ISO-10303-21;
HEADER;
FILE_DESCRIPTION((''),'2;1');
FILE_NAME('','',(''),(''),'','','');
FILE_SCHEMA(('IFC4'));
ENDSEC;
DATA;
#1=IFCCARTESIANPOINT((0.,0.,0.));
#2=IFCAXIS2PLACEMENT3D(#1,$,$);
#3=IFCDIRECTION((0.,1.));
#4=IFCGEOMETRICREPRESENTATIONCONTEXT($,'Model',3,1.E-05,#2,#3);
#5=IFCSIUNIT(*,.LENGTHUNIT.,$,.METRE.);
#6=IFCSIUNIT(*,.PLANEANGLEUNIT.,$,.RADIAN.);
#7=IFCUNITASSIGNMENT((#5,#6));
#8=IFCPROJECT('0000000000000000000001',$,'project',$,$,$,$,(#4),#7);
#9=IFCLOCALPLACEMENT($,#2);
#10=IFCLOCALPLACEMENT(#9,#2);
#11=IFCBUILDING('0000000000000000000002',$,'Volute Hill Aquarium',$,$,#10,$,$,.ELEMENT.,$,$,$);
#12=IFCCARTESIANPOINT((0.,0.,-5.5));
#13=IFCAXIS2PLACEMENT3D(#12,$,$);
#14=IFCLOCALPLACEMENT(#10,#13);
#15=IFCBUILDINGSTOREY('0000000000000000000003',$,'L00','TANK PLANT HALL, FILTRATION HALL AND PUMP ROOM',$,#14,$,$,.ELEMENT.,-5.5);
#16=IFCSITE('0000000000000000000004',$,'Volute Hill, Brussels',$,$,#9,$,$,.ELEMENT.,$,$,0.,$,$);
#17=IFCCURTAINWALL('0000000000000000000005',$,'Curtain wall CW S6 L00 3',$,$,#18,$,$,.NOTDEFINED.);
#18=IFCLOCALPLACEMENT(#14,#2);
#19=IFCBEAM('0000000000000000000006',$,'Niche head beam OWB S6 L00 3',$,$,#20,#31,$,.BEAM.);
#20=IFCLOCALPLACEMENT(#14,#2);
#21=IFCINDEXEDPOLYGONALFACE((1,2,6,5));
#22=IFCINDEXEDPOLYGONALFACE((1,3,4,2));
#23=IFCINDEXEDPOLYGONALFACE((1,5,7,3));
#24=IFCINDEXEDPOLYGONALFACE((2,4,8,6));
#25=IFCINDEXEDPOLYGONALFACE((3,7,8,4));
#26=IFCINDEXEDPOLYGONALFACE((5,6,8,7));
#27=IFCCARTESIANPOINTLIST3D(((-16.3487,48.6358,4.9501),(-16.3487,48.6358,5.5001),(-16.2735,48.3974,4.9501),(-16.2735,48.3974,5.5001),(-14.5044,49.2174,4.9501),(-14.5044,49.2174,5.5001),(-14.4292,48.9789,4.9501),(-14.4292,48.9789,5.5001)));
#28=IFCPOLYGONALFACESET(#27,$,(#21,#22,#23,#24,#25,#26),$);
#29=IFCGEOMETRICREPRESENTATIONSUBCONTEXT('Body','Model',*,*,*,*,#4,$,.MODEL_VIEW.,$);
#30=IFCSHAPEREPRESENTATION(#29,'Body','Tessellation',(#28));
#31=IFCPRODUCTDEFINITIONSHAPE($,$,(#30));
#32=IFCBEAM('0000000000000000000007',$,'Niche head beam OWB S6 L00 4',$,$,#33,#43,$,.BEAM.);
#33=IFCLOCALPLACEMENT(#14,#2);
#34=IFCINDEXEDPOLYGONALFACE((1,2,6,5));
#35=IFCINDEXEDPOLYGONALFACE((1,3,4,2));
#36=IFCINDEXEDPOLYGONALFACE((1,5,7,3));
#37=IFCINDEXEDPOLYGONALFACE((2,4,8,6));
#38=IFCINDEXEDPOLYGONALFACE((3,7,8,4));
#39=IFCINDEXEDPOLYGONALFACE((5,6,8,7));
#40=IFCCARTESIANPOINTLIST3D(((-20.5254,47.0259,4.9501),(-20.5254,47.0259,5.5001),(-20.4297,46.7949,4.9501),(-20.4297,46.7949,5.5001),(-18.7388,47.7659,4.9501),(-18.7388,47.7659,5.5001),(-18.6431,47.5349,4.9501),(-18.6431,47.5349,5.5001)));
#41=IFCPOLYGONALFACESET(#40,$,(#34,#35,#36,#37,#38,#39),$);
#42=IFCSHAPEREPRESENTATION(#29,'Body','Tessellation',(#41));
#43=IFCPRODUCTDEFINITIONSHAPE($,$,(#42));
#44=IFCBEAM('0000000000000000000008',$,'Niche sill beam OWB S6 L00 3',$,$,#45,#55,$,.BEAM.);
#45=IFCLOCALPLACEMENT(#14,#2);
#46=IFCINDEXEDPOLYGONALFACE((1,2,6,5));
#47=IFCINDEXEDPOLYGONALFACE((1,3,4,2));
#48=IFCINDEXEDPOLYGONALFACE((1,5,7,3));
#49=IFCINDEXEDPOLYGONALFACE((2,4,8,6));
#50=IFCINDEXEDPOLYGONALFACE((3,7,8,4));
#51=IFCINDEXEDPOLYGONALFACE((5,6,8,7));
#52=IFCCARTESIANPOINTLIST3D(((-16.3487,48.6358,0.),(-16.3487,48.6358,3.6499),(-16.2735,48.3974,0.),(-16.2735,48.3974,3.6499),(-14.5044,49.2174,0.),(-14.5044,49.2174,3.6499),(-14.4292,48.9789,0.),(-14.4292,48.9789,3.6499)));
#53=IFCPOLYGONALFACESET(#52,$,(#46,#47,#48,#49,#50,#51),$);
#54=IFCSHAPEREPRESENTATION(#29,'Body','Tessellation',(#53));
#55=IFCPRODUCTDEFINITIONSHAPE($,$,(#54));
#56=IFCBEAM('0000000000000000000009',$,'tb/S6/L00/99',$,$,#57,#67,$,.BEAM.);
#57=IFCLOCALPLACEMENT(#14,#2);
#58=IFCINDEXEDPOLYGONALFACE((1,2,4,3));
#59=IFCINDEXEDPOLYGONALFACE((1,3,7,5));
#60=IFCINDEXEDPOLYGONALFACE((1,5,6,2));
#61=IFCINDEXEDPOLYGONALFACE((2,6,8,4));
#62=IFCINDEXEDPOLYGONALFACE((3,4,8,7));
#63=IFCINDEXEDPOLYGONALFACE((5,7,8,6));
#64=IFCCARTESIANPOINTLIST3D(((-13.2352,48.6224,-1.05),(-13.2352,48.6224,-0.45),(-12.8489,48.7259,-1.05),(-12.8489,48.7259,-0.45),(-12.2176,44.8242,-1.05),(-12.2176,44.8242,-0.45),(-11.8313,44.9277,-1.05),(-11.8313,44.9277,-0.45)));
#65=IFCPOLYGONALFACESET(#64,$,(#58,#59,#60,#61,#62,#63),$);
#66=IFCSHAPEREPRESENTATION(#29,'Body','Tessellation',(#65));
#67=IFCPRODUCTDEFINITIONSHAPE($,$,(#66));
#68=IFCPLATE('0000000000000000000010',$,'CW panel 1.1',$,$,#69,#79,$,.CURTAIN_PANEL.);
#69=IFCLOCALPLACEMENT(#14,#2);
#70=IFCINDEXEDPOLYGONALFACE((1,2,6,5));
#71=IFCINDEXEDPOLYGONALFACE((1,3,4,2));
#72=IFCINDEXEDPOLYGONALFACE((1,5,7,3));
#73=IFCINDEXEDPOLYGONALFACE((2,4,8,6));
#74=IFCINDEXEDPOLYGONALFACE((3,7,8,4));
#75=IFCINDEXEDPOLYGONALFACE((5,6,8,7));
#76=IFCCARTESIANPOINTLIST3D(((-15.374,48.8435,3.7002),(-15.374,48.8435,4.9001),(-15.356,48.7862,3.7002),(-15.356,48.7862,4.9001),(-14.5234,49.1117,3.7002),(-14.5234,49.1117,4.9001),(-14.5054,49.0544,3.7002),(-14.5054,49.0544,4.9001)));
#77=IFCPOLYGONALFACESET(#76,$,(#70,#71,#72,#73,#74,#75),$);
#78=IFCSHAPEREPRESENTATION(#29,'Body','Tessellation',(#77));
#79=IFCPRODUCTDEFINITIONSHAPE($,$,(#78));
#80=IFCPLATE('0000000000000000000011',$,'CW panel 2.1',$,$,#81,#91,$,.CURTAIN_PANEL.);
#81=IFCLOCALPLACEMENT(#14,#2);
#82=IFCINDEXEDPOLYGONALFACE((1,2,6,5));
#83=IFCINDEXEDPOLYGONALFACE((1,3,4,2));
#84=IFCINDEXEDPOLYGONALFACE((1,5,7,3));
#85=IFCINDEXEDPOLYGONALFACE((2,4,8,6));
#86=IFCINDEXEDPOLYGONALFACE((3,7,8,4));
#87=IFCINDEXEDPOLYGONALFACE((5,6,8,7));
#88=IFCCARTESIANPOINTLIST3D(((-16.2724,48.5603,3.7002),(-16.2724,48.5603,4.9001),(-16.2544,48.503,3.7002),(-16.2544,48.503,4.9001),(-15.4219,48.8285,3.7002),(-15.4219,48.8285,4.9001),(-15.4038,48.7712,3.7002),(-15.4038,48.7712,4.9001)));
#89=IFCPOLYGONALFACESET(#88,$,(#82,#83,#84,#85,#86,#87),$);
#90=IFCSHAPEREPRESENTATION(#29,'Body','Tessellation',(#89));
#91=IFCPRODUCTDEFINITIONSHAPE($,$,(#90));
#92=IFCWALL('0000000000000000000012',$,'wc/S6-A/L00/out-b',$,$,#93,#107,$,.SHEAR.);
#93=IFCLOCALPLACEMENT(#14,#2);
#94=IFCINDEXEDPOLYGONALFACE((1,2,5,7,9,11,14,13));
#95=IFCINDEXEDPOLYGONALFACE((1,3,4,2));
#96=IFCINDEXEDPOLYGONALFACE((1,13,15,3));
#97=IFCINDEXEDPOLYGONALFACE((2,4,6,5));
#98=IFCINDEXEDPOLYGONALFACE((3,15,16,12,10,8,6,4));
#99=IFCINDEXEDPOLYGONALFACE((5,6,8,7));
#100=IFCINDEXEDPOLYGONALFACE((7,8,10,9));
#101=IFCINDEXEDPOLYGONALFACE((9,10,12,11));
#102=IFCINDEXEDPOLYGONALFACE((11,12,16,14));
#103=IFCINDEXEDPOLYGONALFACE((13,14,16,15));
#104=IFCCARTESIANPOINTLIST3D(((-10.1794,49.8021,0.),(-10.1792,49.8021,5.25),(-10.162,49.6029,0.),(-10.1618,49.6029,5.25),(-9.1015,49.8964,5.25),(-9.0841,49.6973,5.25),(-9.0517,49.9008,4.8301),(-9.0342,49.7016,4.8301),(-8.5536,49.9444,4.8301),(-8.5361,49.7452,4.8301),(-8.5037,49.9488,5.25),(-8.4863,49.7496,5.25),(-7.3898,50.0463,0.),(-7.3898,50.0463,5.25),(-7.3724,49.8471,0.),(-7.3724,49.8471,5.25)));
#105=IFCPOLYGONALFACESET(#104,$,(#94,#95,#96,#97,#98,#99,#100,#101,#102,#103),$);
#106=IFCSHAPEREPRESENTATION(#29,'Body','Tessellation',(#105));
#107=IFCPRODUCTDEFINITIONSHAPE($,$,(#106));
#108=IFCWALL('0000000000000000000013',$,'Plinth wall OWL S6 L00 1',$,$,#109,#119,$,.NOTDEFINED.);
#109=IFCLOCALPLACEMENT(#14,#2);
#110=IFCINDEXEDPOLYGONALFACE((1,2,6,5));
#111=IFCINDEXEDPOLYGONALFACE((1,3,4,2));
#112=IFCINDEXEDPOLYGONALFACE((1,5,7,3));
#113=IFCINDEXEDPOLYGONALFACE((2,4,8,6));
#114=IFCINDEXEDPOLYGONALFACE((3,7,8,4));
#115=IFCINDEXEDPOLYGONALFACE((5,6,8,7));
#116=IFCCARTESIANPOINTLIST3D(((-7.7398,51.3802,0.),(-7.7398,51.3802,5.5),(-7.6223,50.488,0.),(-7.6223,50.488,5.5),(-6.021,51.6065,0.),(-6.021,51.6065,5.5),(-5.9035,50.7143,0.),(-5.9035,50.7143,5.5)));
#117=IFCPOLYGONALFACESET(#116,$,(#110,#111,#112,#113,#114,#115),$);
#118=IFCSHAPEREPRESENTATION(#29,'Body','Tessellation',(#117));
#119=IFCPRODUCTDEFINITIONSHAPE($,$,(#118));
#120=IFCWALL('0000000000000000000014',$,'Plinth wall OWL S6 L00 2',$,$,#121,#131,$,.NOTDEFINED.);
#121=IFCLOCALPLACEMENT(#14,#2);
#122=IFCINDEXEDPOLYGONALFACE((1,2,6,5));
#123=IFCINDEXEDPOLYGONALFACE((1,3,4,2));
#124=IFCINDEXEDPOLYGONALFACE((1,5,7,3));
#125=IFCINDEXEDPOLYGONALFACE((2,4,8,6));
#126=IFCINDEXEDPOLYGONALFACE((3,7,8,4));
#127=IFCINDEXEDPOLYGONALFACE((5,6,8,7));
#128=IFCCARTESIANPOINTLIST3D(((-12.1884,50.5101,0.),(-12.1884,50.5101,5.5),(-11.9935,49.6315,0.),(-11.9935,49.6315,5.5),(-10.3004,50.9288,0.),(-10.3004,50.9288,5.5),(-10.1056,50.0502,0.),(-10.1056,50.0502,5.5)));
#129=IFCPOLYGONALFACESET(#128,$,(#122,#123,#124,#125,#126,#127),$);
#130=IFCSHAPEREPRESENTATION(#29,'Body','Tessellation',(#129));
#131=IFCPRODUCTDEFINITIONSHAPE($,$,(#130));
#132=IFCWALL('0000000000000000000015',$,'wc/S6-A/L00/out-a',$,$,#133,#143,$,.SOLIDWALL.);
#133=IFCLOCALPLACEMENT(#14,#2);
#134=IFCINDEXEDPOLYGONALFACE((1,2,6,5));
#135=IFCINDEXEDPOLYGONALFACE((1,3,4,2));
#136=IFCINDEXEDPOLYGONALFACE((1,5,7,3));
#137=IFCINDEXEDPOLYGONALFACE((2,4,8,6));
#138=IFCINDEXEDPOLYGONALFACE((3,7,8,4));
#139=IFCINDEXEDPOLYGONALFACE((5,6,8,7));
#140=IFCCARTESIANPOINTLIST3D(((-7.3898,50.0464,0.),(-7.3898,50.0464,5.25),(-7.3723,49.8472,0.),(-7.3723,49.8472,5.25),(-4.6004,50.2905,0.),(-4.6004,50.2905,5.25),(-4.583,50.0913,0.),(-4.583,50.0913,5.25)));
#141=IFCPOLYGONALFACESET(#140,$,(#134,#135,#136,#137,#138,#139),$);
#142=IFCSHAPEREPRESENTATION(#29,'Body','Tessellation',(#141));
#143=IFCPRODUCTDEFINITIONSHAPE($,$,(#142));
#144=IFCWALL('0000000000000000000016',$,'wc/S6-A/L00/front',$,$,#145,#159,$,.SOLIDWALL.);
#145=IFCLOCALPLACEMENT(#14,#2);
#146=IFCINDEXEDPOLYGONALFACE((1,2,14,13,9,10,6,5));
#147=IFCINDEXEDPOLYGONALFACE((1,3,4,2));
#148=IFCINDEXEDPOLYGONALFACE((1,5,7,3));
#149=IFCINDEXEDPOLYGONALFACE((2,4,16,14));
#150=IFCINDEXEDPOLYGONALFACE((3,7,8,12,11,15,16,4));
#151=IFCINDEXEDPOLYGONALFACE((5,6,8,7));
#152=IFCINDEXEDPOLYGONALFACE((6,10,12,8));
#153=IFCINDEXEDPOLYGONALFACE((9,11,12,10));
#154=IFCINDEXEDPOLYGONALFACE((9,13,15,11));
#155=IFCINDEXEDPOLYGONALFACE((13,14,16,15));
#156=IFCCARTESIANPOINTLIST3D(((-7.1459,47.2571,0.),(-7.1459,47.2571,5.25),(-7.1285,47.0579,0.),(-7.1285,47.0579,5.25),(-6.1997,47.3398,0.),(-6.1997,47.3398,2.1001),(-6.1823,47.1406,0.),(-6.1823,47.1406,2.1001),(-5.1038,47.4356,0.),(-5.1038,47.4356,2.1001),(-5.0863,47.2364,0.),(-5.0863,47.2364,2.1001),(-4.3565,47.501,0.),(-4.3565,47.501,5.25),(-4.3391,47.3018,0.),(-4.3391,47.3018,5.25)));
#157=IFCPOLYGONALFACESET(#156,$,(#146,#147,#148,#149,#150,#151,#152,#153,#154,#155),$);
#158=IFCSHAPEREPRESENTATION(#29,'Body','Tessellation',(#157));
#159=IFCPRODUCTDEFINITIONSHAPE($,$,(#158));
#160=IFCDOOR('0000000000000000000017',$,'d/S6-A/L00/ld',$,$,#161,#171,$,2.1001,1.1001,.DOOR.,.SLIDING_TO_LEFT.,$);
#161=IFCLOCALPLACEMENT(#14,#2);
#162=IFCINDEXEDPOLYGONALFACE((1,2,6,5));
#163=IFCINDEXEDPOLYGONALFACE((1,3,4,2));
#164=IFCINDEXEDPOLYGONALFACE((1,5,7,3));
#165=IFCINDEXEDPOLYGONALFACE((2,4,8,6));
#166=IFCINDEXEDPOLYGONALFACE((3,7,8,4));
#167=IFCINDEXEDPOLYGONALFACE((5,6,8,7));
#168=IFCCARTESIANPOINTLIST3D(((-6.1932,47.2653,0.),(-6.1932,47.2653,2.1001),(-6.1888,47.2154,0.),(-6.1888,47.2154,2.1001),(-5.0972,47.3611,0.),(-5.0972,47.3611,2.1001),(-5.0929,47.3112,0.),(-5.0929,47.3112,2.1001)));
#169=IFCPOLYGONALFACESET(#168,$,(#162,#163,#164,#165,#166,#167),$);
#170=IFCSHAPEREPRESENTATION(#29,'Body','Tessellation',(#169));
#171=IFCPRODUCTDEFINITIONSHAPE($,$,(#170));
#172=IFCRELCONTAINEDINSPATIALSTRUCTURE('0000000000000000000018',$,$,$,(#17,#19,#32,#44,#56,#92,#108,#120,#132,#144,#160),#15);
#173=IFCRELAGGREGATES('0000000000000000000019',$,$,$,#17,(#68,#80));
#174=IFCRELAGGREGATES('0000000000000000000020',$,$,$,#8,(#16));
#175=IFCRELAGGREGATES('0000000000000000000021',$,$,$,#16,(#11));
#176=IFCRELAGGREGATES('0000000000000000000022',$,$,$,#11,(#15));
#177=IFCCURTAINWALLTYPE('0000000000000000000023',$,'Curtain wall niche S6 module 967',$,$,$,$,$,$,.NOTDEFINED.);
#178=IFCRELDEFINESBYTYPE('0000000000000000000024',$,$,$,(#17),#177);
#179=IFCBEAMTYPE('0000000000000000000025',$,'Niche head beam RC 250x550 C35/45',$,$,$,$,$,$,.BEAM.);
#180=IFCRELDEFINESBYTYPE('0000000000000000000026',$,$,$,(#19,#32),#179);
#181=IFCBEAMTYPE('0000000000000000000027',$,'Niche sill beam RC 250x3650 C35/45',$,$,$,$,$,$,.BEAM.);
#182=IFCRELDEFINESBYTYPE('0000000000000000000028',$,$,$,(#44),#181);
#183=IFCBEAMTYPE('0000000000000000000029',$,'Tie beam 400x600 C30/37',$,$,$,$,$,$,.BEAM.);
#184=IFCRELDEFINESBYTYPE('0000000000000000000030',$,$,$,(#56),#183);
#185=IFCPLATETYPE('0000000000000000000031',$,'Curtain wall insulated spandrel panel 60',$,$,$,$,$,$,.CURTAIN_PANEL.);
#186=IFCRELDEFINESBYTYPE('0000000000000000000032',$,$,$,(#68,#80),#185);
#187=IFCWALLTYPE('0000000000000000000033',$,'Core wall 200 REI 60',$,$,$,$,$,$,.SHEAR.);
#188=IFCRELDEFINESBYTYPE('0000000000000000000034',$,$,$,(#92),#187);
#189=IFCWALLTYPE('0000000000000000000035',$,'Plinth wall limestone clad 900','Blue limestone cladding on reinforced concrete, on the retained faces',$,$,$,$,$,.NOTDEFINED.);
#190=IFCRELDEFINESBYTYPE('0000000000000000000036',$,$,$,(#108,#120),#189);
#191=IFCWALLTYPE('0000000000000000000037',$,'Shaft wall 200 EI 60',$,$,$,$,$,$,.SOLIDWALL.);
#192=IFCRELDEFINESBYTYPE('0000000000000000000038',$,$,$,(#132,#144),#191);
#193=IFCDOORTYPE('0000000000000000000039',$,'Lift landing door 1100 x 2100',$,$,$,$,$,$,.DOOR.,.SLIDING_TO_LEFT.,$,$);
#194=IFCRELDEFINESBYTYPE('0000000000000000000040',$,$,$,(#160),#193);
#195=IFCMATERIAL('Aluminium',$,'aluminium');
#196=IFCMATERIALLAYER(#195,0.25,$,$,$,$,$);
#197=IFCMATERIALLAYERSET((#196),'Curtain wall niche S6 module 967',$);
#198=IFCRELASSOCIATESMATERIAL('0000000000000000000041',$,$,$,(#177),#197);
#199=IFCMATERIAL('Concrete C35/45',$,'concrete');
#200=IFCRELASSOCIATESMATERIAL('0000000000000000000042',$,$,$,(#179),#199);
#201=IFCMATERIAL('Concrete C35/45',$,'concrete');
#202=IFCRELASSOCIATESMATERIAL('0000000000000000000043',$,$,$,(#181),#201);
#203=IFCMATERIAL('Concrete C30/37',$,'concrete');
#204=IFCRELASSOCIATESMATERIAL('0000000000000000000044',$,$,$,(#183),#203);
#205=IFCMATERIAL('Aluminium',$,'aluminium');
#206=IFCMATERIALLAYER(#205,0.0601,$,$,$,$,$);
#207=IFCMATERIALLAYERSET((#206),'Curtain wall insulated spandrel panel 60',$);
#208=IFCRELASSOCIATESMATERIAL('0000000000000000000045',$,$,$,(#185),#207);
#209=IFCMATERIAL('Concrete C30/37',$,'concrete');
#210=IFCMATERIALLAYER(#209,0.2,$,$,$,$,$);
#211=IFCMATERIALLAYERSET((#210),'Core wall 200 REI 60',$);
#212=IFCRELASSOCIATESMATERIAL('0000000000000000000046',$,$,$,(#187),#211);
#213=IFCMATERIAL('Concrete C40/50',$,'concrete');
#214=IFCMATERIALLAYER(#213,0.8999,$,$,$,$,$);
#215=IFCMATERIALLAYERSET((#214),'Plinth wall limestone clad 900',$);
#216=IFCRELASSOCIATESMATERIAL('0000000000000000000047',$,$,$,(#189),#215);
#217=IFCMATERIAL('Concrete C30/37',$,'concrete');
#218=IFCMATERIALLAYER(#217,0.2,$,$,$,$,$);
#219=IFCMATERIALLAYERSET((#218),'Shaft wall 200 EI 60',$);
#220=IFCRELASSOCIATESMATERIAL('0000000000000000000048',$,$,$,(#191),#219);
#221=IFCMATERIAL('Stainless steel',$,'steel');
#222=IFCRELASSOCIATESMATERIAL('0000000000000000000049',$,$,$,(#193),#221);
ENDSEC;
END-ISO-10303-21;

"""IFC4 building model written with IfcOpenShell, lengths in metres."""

from ifc_helpers import new_model, si_unit, direction, frame, frame_2d, origin, origin_2d, place, context, subcontext, project, spatial, polyline, rectangle, outline, extrude, material, layer, layer_set, material_profile, profile_set, type_object, element, fill, aggregate, save


model = new_model("IFC4")

# Units and contexts
model_context = context("Model", 3, precision=1e-05, world=origin(), true_north=direction((0.0, 1.0)))
body_context = subcontext(model_context, "Body", "Model", "MODEL_VIEW")
ifc_project = project(units=[si_unit("LENGTHUNIT", "METRE"), si_unit("PLANEANGLEUNIT", "RADIAN")], contexts=[model_context])

# Site, building, storey
site_placement = place(None, origin())
site = spatial("IfcSite", under=ifc_project, at=site_placement, Name="Volute Hill, Brussels", CompositionType="ELEMENT", RefElevation=0.0)
building_placement = place(site_placement, origin())
building = spatial("IfcBuilding", under=site, at=building_placement, Name="Volute Hill Aquarium", CompositionType="ELEMENT")
storey_placement = place(building_placement, frame((0.0, 0.0, -5.5)))
storey = spatial("IfcBuildingStorey", under=building, at=storey_placement, Name="L00", Description="TANK PLANT HALL, FILTRATION HALL AND PUMP ROOM", CompositionType="ELEMENT", Elevation=-5.5)

# Curtain wall
ifc_material_1 = material(Name="Aluminium", Category="aluminium")
ifc_layer_1 = layer(ifc_material_1, 0.25)
ifc_layer_set_1 = layer_set([ifc_layer_1], Name="Curtain wall niche S6 module 967")
curtain_wall_type = type_object("IfcCurtainWallType", Name="Curtain wall niche S6 module 967", PredefinedType="NOTDEFINED", material=ifc_layer_set_1)
curtain_wall_placement = place(storey_placement, origin())
curtain_wall = element("IfcCurtainWall", 1, at=curtain_wall_placement, inside=storey, type_object=curtain_wall_type, Name="Curtain wall CW S6 L00 3", PredefinedType="NOTDEFINED")

# Beams
ifc_material_2 = material(Name="Concrete C35/45", Category="concrete")
ifc_material_profile_1 = material_profile(ifc_material_2, rectangle(XDim=0.25, YDim=0.55, at=origin_2d()), Name="RC beam 250x550")
ifc_profile_set_1 = profile_set([ifc_material_profile_1], Name="Concrete C35/45")
beam_type_1 = type_object("IfcBeamType", Name="Niche head beam RC 250x550 C35/45", PredefinedType="BEAM", material=ifc_profile_set_1)
for number, where, z_axis, x_axis, name in (
    (2, (-14.4668, 49.0981, 5.2251), (-0.953709, -0.300733, 0.0), (0.300733, -0.953709, 0.0), "Niche head beam OWB S6 L00 3"),
    (3, (-18.6909, 47.6504, 5.2251), (-0.923889, -0.38266, 0.0), (0.38266, -0.923889, 0.0), "Niche head beam OWB S6 L00 4"),
):
    element("IfcBeam", number, at=place(storey_placement, frame(where, z_axis=z_axis, x_axis=x_axis)), inside=storey, type_object=beam_type_1, Name=name, PredefinedType="BEAM", context=body_context, shape_type="SweptSolid", body=[
        extrude(rectangle(XDim=0.25, YDim=0.55, at=origin_2d()), origin(), (0.0, 0.0, 1.0), 1.9338),
    ])
ifc_material_3 = material(Name="Concrete C35/45", Category="concrete")
ifc_material_profile_2 = material_profile(ifc_material_3, rectangle(XDim=0.25, YDim=3.6499, at=origin_2d()), Name="RC beam 250x3650")
ifc_profile_set_2 = profile_set([ifc_material_profile_2], Name="Concrete C35/45")
beam_type_2 = type_object("IfcBeamType", Name="Niche sill beam RC 250x3650 C35/45", PredefinedType="BEAM", material=ifc_profile_set_2)
beam_1_placement = place(storey_placement, frame((-14.4668, 49.0981, 1.825), z_axis=(-0.953709, -0.300733, 0.0), x_axis=(0.300733, -0.953709, 0.0)))
element("IfcBeam", 4, at=beam_1_placement, inside=storey, type_object=beam_type_2, Name="Niche sill beam OWB S6 L00 3", PredefinedType="BEAM", context=body_context, shape_type="SweptSolid", body=[
    extrude(rectangle(XDim=0.25, YDim=3.6499, at=origin_2d()), origin(), (0.0, 0.0, 1.0), 1.9338),
])
ifc_material_4 = material(Name="Concrete C30/37", Category="concrete")
ifc_material_profile_3 = material_profile(ifc_material_4, rectangle(XDim=0.3999, YDim=0.6001, at=origin_2d()), Name="RC tie beam 400x600")
ifc_profile_set_3 = profile_set([ifc_material_profile_3], Name="Concrete C30/37")
beam_type_3 = type_object("IfcBeamType", Name="Tie beam 400x600 C30/37", PredefinedType="BEAM", material=ifc_profile_set_3)
beam_2_placement = place(storey_placement, frame((-12.0244, 44.876, -0.75), z_axis=(-0.258791, 0.965933, 0.0), x_axis=(-0.965933, -0.258791, 0.0)))
element("IfcBeam", 5, at=beam_2_placement, inside=storey, type_object=beam_type_3, Name="tb/S6/L00/99", PredefinedType="BEAM", context=body_context, shape_type="SweptSolid", body=[
    extrude(rectangle(XDim=0.3999, YDim=0.6001, at=origin_2d()), origin(), (0.0, 0.0, 1.0), 3.9321),
])

# Plates
ifc_material_5 = material(Name="Aluminium", Category="aluminium")
ifc_layer_2 = layer(ifc_material_5, 0.0601)
ifc_layer_set_2 = layer_set([ifc_layer_2], Name="Curtain wall insulated spandrel panel 60")
plate_type = type_object("IfcPlateType", Name="Curtain wall insulated spandrel panel 60", PredefinedType="CURTAIN_PANEL", material=ifc_layer_set_2)
plate_1_placement = place(storey_placement, frame((-14.9397, 48.949, 3.7002), z_axis=(0.0, 0.0, 1.0), x_axis=(-0.953717, -0.300706, 0.0)))
plate_1 = element("IfcPlate", 6, at=plate_1_placement, type_object=plate_type, Name="CW panel 1.1", PredefinedType="CURTAIN_PANEL", context=body_context, shape_type="SweptSolid", body=[
    extrude(rectangle(XDim=0.8918, YDim=0.0601, at=origin_2d()), origin(), (0.0, 0.0, 1.0), 1.2),
])
plate_2_placement = place(storey_placement, frame((-15.8381, 48.6658, 3.7002), z_axis=(0.0, 0.0, 1.0), x_axis=(-0.953717, -0.300706, 0.0)))
plate_2 = element("IfcPlate", 7, at=plate_2_placement, type_object=plate_type, Name="CW panel 2.1", PredefinedType="CURTAIN_PANEL", context=body_context, shape_type="SweptSolid", body=[
    extrude(rectangle(XDim=0.8918, YDim=0.0601, at=origin_2d()), origin(), (0.0, 0.0, 1.0), 1.2),
])
aggregate(curtain_wall, [plate_1, plate_2])

# Walls
ifc_material_6 = material(Name="Concrete C30/37", Category="concrete")
ifc_layer_3 = layer(ifc_material_6, 0.2)
ifc_layer_set_3 = layer_set([ifc_layer_3], Name="Core wall 200 REI 60")
wall_type_1 = type_object("IfcWallType", Name="Core wall 200 REI 60", PredefinedType="SHEAR", material=ifc_layer_set_3)
wall_1_placement = place(storey_placement, frame((-7.3811, 49.9468, 0.0), z_axis=(0.0, 0.0, 1.0), x_axis=(-0.996192, -0.087186, 0.0)))
element("IfcWall", 8, at=wall_1_placement, inside=storey, type_object=wall_type_1, Name="wc/S6-A/L00/out-b", PredefinedType="SHEAR", context=body_context, shape_type="SweptSolid", body=[
    extrude(outline(polyline([(0.0, 0.0), (2.8003, 0.0), (2.8, 5.25), (1.7183, 5.25), (1.6682, 4.8301), (1.1682, 4.8301), (1.1182, 5.25), (0.0, 5.25), (0.0, 0.0)])), frame((0.0, 0.1001, 0.0), z_axis=(0.0, -1.0, 0.0), x_axis=(1.0, 0.0, 0.0)), (0.0, 0.0, 1.0), 0.2),
])
ifc_material_7 = material(Name="Concrete C40/50", Category="concrete")
ifc_layer_4 = layer(ifc_material_7, 0.8999)
ifc_layer_set_4 = layer_set([ifc_layer_4], Name="Plinth wall limestone clad 900")
wall_type_2 = type_object("IfcWallType", Name="Plinth wall limestone clad 900", Description="Blue limestone cladding on reinforced concrete, on the retained faces", PredefinedType="NOTDEFINED", material=ifc_layer_set_4)
wall_2_placement = place(storey_placement, frame((-7.6809, 50.9341, 0.0), z_axis=(0.0, 0.0, 1.0), x_axis=(0.991442, 0.130549, 0.0)))
element("IfcWall", 9, at=wall_2_placement, inside=storey, type_object=wall_type_2, Name="Plinth wall OWL S6 L00 1", PredefinedType="NOTDEFINED", context=body_context, shape_type="SweptSolid", body=[
    extrude(rectangle(XDim=1.7336, YDim=0.8999, at=frame_2d((0.8667, 0.0))), origin(), (0.0, 0.0, 1.0), 5.5),
])
wall_3_placement = place(storey_placement, frame((-12.0908, 50.0708, 0.0), z_axis=(0.0, 0.0, 1.0), x_axis=(0.976279, 0.216516, 0.0)))
element("IfcWall", 10, at=wall_3_placement, inside=storey, type_object=wall_type_2, Name="Plinth wall OWL S6 L00 2", PredefinedType="NOTDEFINED", context=body_context, shape_type="SweptSolid", body=[
    extrude(rectangle(XDim=1.9338, YDim=0.8999, at=frame_2d((0.9668, 0.0))), origin(), (0.0, 0.0, 1.0), 5.5),
])
ifc_material_8 = material(Name="Concrete C30/37", Category="concrete")
ifc_layer_5 = layer(ifc_material_8, 0.2)
ifc_layer_set_5 = layer_set([ifc_layer_5], Name="Shaft wall 200 EI 60")
wall_type_3 = type_object("IfcWallType", Name="Shaft wall 200 EI 60", PredefinedType="SOLIDWALL", material=ifc_layer_set_5)
wall_4_placement = place(storey_placement, frame((-4.5918, 50.1909, 0.0), z_axis=(0.0, 0.0, 1.0), x_axis=(-0.996191, -0.087194, 0.0)))
element("IfcWall", 11, at=wall_4_placement, inside=storey, type_object=wall_type_3, Name="wc/S6-A/L00/out-a", PredefinedType="SOLIDWALL", context=body_context, shape_type="SweptSolid", body=[
    extrude(rectangle(XDim=2.8, YDim=0.2, at=frame_2d((1.3999, 0.0))), origin(), (0.0, 0.0, 1.0), 5.25),
])

# Wall, opening, door
wall_5_placement = place(storey_placement, frame((-4.3479, 47.4014, 0.0), z_axis=(0.0, 0.0, 1.0), x_axis=(-0.996199, -0.087107, 0.0)))
wall_5 = element("IfcWall", 12, at=wall_5_placement, inside=storey, type_object=wall_type_3, Name="wc/S6-A/L00/front", PredefinedType="SOLIDWALL", context=body_context, shape_type="SweptSolid", body=[
    extrude(rectangle(XDim=2.8, YDim=0.2, at=frame_2d((1.3999, 0.0))), origin(), (0.0, 0.0, 1.0), 5.25),
])
opening_placement = place(wall_5_placement, frame((0.75, 0.0, 0.0)))
opening = element("IfcOpeningElement", 13, at=opening_placement, cuts=wall_5, PredefinedType="OPENING", context=body_context, shape_type="SweptSolid", body=[
    extrude(rectangle(XDim=1.1001, YDim=2.1001, at=frame_2d((0.55, 1.05))), frame((0.0, 0.1099, 0.0), z_axis=(0.0, -1.0, 0.0), x_axis=(1.0, 0.0, 0.0)), (0.0, 0.0, 1.0), 0.22),
])
ifc_material_9 = material(Name="Stainless steel", Category="steel")
door_type = type_object("IfcDoorType", Name="Lift landing door 1100 x 2100", OperationType="SLIDING_TO_LEFT", PredefinedType="DOOR", material=ifc_material_9)
door_placement = place(opening_placement, origin())
door = element("IfcDoor", 14, at=door_placement, inside=storey, type_object=door_type, Name="d/S6-A/L00/ld", OperationType="SLIDING_TO_LEFT", OverallHeight=2.1001, OverallWidth=1.1001, PredefinedType="DOOR", context=body_context, shape_type="SweptSolid", body=[
    extrude(rectangle(XDim=1.1001, YDim=2.1001, at=frame_2d((0.55, 1.05))), frame((0.0, 0.0249, 0.0), z_axis=(0.0, -1.0, 0.0), x_axis=(1.0, 0.0, 0.0)), (0.0, 0.0, 1.0), 0.05),
])
fill(opening, door)

save(model, "model.ifc")
